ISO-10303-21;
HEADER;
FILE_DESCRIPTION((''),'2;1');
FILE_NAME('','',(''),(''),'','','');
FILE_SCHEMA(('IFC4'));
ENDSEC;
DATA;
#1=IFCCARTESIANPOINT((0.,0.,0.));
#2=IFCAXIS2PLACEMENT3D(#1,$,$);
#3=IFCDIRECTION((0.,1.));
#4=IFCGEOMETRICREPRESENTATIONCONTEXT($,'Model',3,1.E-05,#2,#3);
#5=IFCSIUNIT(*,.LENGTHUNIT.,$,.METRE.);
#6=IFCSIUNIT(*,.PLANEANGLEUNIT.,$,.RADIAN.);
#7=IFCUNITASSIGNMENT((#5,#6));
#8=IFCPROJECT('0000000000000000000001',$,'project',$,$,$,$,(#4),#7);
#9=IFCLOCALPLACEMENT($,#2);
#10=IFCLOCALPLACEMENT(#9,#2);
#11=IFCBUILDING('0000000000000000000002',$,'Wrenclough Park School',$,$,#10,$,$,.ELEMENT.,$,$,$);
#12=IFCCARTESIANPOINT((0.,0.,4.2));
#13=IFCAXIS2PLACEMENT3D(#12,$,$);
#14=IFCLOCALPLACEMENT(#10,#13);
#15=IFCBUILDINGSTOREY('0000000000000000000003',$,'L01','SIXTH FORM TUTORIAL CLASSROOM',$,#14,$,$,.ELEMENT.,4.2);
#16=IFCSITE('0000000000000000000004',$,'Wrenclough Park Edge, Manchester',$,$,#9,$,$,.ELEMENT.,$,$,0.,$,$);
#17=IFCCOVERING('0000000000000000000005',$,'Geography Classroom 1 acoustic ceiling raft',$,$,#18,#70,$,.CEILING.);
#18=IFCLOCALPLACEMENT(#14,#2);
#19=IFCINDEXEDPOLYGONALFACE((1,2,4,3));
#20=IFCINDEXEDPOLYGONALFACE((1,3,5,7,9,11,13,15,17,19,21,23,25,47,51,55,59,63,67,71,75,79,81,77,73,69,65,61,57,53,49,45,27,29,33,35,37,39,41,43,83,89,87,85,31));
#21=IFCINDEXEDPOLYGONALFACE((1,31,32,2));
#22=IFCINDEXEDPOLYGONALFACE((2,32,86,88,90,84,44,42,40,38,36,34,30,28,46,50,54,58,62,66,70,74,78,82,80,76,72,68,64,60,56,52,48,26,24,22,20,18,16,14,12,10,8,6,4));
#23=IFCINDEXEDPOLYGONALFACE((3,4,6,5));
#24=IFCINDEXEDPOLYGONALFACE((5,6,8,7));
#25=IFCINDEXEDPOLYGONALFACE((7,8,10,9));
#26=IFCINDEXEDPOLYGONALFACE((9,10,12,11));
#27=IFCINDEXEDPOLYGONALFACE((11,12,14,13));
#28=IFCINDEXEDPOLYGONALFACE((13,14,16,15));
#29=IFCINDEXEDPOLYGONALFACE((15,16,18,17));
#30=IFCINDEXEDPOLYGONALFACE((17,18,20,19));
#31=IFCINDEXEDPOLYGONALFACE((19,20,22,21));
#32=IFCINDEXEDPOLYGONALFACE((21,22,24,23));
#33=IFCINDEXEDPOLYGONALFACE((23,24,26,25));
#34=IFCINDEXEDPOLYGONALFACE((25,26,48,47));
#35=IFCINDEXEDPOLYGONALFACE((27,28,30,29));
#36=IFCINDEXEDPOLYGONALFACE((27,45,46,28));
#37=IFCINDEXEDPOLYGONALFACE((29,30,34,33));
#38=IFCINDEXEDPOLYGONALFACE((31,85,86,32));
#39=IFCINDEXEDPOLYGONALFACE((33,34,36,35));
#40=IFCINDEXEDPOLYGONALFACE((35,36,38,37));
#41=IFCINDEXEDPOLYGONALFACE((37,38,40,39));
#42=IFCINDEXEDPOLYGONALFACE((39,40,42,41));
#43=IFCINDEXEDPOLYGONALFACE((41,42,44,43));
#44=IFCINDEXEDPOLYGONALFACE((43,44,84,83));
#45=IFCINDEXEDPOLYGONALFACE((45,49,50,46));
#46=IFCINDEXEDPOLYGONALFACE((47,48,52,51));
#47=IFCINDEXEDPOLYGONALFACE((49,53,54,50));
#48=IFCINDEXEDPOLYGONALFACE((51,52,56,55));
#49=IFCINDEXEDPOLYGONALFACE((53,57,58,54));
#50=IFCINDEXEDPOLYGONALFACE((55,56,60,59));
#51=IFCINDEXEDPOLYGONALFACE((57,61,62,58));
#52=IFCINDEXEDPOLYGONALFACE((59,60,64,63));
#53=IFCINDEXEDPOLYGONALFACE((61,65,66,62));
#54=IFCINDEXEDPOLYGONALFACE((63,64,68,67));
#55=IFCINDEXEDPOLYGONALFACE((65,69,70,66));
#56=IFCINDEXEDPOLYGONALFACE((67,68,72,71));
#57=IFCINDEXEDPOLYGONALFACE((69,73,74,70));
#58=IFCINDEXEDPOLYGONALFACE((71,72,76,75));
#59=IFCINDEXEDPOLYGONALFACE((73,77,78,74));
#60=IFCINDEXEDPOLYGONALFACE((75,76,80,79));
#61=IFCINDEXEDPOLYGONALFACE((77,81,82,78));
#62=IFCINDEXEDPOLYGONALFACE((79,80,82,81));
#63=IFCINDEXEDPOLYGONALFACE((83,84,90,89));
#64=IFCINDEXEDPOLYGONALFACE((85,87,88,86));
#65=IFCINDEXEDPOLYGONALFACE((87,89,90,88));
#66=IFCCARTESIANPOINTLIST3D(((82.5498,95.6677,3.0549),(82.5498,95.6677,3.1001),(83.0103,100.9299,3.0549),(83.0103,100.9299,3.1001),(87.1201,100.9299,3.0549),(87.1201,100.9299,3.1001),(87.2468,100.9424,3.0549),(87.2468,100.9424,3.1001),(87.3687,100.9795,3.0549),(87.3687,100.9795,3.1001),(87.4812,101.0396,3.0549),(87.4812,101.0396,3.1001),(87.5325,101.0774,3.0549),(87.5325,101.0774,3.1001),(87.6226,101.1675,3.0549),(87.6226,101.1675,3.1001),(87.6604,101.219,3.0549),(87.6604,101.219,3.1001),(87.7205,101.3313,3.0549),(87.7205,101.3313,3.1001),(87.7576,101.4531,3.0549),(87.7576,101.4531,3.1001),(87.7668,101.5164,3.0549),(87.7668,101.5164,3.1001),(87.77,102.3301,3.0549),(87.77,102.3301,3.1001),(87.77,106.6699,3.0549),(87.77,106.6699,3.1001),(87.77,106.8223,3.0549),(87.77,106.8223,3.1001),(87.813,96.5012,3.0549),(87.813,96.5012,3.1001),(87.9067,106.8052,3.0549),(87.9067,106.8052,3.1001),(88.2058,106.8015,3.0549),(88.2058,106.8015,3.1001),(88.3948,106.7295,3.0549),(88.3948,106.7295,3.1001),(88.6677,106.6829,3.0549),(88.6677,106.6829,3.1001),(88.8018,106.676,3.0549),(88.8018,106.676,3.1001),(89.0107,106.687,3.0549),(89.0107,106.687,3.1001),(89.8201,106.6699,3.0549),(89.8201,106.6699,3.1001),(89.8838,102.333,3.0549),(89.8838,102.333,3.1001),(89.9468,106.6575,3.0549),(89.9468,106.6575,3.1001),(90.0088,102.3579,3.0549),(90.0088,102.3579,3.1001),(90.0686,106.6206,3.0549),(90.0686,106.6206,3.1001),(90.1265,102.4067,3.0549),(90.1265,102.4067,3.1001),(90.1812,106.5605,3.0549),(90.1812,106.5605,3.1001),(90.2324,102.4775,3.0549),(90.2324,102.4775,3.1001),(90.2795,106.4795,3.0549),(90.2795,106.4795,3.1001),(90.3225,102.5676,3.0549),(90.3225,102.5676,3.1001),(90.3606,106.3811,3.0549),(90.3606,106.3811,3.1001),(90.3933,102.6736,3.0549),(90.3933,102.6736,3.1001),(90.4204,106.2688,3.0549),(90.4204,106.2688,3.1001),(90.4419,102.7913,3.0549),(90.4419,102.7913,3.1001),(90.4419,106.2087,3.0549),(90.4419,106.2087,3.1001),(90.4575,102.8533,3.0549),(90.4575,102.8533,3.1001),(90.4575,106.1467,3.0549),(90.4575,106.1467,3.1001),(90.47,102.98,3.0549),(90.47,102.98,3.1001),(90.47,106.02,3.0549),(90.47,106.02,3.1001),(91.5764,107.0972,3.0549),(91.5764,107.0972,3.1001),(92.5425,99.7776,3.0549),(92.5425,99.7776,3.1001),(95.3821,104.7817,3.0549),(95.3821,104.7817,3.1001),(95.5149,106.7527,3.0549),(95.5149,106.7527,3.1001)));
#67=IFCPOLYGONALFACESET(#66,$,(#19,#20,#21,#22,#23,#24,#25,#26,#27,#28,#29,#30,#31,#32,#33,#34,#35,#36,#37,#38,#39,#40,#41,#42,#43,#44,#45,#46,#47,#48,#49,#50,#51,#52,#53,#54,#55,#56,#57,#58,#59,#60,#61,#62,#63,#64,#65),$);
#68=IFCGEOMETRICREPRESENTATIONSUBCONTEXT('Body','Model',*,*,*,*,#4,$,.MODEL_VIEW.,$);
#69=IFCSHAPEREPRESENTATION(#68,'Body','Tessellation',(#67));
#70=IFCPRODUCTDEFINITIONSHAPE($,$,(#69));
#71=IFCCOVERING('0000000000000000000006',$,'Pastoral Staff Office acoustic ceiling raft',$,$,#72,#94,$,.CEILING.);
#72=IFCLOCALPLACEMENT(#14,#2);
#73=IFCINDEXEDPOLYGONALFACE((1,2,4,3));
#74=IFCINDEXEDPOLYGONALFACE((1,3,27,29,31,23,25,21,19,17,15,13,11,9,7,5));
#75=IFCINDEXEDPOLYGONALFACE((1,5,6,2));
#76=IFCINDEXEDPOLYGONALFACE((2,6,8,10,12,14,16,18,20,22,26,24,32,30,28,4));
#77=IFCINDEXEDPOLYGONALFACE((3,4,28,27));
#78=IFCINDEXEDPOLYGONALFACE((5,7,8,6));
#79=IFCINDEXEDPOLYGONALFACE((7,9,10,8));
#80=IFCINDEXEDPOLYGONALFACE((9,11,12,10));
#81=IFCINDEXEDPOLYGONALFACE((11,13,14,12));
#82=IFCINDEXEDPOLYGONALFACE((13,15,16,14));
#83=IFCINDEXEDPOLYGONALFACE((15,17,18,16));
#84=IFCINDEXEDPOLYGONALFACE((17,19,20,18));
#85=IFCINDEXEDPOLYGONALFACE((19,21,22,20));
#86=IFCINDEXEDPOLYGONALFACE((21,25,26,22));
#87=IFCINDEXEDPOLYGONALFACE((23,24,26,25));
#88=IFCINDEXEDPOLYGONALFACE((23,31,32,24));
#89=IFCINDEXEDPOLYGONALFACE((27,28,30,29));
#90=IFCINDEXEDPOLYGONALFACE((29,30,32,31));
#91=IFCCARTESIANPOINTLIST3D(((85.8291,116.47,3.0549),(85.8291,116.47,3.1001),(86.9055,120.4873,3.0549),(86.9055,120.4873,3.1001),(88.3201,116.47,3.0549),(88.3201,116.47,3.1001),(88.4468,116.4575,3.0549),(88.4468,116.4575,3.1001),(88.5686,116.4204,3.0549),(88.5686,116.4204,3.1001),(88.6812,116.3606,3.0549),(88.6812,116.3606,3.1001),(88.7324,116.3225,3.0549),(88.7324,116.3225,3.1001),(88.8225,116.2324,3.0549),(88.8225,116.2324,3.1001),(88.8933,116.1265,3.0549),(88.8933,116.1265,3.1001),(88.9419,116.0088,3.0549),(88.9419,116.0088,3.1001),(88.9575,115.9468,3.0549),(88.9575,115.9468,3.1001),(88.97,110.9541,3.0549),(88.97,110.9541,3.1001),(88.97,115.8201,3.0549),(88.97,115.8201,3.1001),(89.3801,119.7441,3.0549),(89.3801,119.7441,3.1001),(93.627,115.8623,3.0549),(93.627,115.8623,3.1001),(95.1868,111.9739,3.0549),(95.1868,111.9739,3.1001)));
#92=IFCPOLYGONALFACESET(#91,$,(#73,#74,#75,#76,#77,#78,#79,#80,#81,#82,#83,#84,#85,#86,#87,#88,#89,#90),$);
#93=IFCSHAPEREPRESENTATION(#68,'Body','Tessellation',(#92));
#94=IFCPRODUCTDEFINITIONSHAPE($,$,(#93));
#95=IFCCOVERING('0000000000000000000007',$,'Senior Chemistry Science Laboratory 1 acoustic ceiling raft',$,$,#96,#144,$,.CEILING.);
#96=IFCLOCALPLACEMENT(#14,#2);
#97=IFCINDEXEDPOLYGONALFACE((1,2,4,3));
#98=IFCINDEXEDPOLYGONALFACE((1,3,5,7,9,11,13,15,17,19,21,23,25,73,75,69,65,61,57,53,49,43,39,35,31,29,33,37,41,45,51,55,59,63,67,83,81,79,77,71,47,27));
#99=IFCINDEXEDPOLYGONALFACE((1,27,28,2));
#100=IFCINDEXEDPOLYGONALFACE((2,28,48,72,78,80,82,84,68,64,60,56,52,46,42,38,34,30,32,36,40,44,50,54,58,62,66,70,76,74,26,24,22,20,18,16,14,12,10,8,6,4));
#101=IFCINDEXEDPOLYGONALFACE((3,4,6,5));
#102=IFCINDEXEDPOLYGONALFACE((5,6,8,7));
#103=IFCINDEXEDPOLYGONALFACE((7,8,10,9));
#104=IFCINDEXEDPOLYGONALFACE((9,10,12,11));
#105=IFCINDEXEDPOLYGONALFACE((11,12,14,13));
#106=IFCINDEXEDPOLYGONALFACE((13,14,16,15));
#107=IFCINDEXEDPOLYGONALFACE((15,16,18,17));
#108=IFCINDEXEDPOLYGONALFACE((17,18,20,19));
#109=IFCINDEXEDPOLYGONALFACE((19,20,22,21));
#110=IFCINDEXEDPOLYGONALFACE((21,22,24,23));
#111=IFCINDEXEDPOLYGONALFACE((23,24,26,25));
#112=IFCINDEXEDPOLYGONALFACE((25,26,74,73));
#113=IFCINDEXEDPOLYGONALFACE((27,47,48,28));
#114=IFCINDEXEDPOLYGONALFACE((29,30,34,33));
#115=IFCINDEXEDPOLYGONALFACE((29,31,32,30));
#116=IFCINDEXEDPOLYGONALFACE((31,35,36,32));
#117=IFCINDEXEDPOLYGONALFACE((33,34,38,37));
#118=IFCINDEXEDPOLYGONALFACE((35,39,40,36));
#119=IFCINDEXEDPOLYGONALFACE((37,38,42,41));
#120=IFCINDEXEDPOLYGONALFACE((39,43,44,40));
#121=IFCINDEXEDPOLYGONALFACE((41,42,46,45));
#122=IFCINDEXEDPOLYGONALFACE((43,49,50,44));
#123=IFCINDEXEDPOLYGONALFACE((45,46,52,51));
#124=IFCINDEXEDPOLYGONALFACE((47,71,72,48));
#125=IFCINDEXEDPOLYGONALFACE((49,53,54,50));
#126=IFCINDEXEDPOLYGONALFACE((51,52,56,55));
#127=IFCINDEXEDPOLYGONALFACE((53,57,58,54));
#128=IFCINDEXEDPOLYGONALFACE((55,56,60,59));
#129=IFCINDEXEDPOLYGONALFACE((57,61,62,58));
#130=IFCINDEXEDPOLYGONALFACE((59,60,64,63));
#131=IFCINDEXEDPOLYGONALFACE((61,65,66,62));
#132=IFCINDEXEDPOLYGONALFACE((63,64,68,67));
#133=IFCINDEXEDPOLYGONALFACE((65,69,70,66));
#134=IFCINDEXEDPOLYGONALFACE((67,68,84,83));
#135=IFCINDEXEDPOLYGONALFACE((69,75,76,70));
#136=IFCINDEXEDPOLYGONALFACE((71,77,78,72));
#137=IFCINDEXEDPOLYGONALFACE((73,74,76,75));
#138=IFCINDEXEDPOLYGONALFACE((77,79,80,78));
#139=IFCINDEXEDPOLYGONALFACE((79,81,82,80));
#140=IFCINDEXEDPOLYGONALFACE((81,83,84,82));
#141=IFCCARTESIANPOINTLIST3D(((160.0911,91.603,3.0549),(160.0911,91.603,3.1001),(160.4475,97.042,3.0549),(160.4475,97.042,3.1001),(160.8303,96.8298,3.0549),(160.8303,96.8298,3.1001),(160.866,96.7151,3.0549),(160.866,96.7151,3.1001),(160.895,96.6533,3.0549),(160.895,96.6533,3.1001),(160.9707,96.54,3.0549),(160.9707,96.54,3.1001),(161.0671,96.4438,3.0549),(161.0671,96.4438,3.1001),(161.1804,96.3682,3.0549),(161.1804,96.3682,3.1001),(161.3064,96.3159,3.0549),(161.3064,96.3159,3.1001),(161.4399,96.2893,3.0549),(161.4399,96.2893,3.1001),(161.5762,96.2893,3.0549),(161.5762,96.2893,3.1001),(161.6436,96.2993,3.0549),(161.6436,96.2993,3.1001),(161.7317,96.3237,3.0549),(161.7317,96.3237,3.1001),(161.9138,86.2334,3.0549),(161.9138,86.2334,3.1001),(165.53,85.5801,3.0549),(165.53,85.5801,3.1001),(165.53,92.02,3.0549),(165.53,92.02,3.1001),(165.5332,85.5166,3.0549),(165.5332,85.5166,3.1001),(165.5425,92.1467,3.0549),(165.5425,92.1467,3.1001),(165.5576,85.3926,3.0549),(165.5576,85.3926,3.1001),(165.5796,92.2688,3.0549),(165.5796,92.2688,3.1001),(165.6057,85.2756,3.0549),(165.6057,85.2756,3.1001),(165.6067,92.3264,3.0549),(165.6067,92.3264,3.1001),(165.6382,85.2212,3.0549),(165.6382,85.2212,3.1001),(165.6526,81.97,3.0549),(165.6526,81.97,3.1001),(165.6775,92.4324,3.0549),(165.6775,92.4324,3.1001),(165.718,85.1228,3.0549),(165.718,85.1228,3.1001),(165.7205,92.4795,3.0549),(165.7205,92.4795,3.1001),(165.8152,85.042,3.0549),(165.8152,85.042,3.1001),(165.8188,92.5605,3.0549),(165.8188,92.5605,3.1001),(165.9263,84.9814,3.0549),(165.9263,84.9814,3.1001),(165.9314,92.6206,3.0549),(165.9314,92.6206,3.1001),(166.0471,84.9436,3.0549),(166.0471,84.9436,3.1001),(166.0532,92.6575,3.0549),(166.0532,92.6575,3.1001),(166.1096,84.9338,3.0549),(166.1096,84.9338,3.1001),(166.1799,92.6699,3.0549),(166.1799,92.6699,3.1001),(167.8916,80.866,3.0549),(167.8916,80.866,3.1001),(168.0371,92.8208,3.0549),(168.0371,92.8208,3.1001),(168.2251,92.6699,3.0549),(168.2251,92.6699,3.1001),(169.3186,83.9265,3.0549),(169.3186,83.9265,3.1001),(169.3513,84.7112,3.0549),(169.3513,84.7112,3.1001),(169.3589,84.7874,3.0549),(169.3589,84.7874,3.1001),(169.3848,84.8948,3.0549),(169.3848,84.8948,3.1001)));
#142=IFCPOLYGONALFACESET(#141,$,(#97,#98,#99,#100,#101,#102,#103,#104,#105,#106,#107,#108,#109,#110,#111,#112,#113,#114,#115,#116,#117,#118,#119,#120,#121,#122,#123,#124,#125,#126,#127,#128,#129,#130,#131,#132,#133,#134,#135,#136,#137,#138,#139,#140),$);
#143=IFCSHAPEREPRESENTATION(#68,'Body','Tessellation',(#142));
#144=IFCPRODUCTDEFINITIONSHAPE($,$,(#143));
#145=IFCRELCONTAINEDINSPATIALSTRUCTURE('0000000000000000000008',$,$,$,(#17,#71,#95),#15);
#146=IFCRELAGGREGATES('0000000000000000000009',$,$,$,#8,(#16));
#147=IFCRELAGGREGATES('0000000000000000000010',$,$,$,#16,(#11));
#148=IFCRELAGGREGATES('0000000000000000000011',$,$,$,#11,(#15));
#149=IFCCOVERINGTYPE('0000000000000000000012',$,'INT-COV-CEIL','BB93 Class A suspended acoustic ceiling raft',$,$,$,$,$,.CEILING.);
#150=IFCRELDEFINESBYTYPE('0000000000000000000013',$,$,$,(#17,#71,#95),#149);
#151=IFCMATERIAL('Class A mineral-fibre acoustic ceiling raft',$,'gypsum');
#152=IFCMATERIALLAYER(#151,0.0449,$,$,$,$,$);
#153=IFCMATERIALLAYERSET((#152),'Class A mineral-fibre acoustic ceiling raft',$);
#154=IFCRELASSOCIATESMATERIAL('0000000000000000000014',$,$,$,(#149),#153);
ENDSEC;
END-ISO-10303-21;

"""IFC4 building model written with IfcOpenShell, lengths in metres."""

from ifc_helpers import new_model, si_unit, direction, frame, origin, place, context, subcontext, project, spatial, polyline, outline, extrude, material, layer, layer_set, type_object, element, save


model = new_model("IFC4")

# Units and contexts
model_context = context("Model", 3, precision=1e-05, world=origin(), true_north=direction((0.0, 1.0)))
body_context = subcontext(model_context, "Body", "Model", "MODEL_VIEW")
ifc_project = project(units=[si_unit("LENGTHUNIT", "METRE"), si_unit("PLANEANGLEUNIT", "RADIAN")], contexts=[model_context])

# Site, building, storey
site_placement = place(None, origin())
site = spatial("IfcSite", under=ifc_project, at=site_placement, Name="Wrenclough Park Edge, Manchester", CompositionType="ELEMENT", RefElevation=0.0)
building_placement = place(site_placement, origin())
building = spatial("IfcBuilding", under=site, at=building_placement, Name="Wrenclough Park School", CompositionType="ELEMENT")
storey_placement = place(building_placement, frame((0.0, 0.0, 4.2)))
storey = spatial("IfcBuildingStorey", under=building, at=storey_placement, Name="L01", Description="SIXTH FORM TUTORIAL CLASSROOM", CompositionType="ELEMENT", Elevation=4.2)

# Coverings
ifc_material_1 = material(Name="Class A mineral-fibre acoustic ceiling raft", Category="gypsum")
ifc_layer_1 = layer(ifc_material_1, 0.0449)
ifc_layer_set_1 = layer_set([ifc_layer_1], Name="Class A mineral-fibre acoustic ceiling raft")
covering_type = type_object("IfcCoveringType", Name="INT-COV-CEIL", Description="BB93 Class A suspended acoustic ceiling raft", PredefinedType="CEILING", material=ifc_layer_set_1)
covering_1_placement = place(storey_placement, frame((0.0, 0.0, 3.0549)))
element("IfcCovering", 1, at=covering_1_placement, inside=storey, type_object=covering_type, Name="Geography Classroom 1 acoustic ceiling raft", PredefinedType="CEILING", context=body_context, shape_type="SweptSolid", body=[
    extrude(outline(polyline([(83.0103, 100.9299), (82.5498, 95.6677), (87.813, 96.5012), (92.5425, 99.7776), (95.3821, 104.7817), (95.5149, 106.7527), (91.5764, 107.0972), (89.0107, 106.687), (88.8018, 106.676), (88.6677, 106.6829), (88.3948, 106.7295), (88.2058, 106.8015), (87.9067, 106.8052), (87.77, 106.8223), (87.77, 106.6699), (89.8201, 106.6699), (89.9468, 106.6575), (90.0686, 106.6206), (90.1812, 106.5605), (90.2795, 106.4795), (90.3606, 106.3811), (90.4204, 106.2688), (90.4419, 106.2087), (90.4575, 106.1467), (90.47, 106.02), (90.47, 102.98), (90.4575, 102.8533), (90.4419, 102.7913), (90.3933, 102.6736), (90.3225, 102.5676), (90.2324, 102.4775), (90.1265, 102.4067), (90.0088, 102.3579), (89.8838, 102.333), (87.77, 102.3301), (87.7668, 101.5164), (87.7576, 101.4531), (87.7205, 101.3313), (87.6604, 101.219), (87.6226, 101.1675), (87.5325, 101.0774), (87.4812, 101.0396), (87.3687, 100.9795), (87.2468, 100.9424), (87.1201, 100.9299), (83.0103, 100.9299)])), origin(), (0.0, 0.0, 1.0), 0.0452),
])
covering_2_placement = place(storey_placement, frame((0.0, 0.0, 3.0549)))
element("IfcCovering", 2, at=covering_2_placement, inside=storey, type_object=covering_type, Name="Pastoral Staff Office acoustic ceiling raft", PredefinedType="CEILING", context=body_context, shape_type="SweptSolid", body=[
    extrude(outline(polyline([(88.97, 115.8201), (88.97, 110.9541), (95.1868, 111.9739), (93.627, 115.8623), (89.3801, 119.7441), (86.9055, 120.4873), (85.8291, 116.47), (88.3201, 116.47), (88.4468, 116.4575), (88.5686, 116.4204), (88.6812, 116.3606), (88.7324, 116.3225), (88.8225, 116.2324), (88.8933, 116.1265), (88.9419, 116.0088), (88.9575, 115.9468), (88.97, 115.8201)])), origin(), (0.0, 0.0, 1.0), 0.0452),
])
covering_3_placement = place(storey_placement, frame((0.0, 0.0, 3.0549)))
element("IfcCovering", 3, at=covering_3_placement, inside=storey, type_object=covering_type, Name="Senior Chemistry Science Laboratory 1 acoustic ceiling raft", PredefinedType="CEILING", context=body_context, shape_type="SweptSolid", body=[
    extrude(outline(polyline([(160.8303, 96.8298), (160.4475, 97.042), (160.0911, 91.603), (161.9138, 86.2334), (165.6526, 81.97), (167.8916, 80.866), (169.3186, 83.9265), (169.3513, 84.7112), (169.3589, 84.7874), (169.3848, 84.8948), (166.1096, 84.9338), (166.0471, 84.9436), (165.9263, 84.9814), (165.8152, 85.042), (165.718, 85.1228), (165.6382, 85.2212), (165.6057, 85.2756), (165.5576, 85.3926), (165.5332, 85.5166), (165.53, 85.5801), (165.53, 92.02), (165.5425, 92.1467), (165.5796, 92.2688), (165.6067, 92.3264), (165.6775, 92.4324), (165.7205, 92.4795), (165.8188, 92.5605), (165.9314, 92.6206), (166.0532, 92.6575), (166.1799, 92.6699), (168.2251, 92.6699), (168.0371, 92.8208), (161.7317, 96.3237), (161.6436, 96.2993), (161.5762, 96.2893), (161.4399, 96.2893), (161.3064, 96.3159), (161.1804, 96.3682), (161.0671, 96.4438), (160.9707, 96.54), (160.895, 96.6533), (160.866, 96.7151), (160.8303, 96.8298)])), origin(), (0.0, 0.0, 1.0), 0.0452),
])

save(model, "model.ifc")
